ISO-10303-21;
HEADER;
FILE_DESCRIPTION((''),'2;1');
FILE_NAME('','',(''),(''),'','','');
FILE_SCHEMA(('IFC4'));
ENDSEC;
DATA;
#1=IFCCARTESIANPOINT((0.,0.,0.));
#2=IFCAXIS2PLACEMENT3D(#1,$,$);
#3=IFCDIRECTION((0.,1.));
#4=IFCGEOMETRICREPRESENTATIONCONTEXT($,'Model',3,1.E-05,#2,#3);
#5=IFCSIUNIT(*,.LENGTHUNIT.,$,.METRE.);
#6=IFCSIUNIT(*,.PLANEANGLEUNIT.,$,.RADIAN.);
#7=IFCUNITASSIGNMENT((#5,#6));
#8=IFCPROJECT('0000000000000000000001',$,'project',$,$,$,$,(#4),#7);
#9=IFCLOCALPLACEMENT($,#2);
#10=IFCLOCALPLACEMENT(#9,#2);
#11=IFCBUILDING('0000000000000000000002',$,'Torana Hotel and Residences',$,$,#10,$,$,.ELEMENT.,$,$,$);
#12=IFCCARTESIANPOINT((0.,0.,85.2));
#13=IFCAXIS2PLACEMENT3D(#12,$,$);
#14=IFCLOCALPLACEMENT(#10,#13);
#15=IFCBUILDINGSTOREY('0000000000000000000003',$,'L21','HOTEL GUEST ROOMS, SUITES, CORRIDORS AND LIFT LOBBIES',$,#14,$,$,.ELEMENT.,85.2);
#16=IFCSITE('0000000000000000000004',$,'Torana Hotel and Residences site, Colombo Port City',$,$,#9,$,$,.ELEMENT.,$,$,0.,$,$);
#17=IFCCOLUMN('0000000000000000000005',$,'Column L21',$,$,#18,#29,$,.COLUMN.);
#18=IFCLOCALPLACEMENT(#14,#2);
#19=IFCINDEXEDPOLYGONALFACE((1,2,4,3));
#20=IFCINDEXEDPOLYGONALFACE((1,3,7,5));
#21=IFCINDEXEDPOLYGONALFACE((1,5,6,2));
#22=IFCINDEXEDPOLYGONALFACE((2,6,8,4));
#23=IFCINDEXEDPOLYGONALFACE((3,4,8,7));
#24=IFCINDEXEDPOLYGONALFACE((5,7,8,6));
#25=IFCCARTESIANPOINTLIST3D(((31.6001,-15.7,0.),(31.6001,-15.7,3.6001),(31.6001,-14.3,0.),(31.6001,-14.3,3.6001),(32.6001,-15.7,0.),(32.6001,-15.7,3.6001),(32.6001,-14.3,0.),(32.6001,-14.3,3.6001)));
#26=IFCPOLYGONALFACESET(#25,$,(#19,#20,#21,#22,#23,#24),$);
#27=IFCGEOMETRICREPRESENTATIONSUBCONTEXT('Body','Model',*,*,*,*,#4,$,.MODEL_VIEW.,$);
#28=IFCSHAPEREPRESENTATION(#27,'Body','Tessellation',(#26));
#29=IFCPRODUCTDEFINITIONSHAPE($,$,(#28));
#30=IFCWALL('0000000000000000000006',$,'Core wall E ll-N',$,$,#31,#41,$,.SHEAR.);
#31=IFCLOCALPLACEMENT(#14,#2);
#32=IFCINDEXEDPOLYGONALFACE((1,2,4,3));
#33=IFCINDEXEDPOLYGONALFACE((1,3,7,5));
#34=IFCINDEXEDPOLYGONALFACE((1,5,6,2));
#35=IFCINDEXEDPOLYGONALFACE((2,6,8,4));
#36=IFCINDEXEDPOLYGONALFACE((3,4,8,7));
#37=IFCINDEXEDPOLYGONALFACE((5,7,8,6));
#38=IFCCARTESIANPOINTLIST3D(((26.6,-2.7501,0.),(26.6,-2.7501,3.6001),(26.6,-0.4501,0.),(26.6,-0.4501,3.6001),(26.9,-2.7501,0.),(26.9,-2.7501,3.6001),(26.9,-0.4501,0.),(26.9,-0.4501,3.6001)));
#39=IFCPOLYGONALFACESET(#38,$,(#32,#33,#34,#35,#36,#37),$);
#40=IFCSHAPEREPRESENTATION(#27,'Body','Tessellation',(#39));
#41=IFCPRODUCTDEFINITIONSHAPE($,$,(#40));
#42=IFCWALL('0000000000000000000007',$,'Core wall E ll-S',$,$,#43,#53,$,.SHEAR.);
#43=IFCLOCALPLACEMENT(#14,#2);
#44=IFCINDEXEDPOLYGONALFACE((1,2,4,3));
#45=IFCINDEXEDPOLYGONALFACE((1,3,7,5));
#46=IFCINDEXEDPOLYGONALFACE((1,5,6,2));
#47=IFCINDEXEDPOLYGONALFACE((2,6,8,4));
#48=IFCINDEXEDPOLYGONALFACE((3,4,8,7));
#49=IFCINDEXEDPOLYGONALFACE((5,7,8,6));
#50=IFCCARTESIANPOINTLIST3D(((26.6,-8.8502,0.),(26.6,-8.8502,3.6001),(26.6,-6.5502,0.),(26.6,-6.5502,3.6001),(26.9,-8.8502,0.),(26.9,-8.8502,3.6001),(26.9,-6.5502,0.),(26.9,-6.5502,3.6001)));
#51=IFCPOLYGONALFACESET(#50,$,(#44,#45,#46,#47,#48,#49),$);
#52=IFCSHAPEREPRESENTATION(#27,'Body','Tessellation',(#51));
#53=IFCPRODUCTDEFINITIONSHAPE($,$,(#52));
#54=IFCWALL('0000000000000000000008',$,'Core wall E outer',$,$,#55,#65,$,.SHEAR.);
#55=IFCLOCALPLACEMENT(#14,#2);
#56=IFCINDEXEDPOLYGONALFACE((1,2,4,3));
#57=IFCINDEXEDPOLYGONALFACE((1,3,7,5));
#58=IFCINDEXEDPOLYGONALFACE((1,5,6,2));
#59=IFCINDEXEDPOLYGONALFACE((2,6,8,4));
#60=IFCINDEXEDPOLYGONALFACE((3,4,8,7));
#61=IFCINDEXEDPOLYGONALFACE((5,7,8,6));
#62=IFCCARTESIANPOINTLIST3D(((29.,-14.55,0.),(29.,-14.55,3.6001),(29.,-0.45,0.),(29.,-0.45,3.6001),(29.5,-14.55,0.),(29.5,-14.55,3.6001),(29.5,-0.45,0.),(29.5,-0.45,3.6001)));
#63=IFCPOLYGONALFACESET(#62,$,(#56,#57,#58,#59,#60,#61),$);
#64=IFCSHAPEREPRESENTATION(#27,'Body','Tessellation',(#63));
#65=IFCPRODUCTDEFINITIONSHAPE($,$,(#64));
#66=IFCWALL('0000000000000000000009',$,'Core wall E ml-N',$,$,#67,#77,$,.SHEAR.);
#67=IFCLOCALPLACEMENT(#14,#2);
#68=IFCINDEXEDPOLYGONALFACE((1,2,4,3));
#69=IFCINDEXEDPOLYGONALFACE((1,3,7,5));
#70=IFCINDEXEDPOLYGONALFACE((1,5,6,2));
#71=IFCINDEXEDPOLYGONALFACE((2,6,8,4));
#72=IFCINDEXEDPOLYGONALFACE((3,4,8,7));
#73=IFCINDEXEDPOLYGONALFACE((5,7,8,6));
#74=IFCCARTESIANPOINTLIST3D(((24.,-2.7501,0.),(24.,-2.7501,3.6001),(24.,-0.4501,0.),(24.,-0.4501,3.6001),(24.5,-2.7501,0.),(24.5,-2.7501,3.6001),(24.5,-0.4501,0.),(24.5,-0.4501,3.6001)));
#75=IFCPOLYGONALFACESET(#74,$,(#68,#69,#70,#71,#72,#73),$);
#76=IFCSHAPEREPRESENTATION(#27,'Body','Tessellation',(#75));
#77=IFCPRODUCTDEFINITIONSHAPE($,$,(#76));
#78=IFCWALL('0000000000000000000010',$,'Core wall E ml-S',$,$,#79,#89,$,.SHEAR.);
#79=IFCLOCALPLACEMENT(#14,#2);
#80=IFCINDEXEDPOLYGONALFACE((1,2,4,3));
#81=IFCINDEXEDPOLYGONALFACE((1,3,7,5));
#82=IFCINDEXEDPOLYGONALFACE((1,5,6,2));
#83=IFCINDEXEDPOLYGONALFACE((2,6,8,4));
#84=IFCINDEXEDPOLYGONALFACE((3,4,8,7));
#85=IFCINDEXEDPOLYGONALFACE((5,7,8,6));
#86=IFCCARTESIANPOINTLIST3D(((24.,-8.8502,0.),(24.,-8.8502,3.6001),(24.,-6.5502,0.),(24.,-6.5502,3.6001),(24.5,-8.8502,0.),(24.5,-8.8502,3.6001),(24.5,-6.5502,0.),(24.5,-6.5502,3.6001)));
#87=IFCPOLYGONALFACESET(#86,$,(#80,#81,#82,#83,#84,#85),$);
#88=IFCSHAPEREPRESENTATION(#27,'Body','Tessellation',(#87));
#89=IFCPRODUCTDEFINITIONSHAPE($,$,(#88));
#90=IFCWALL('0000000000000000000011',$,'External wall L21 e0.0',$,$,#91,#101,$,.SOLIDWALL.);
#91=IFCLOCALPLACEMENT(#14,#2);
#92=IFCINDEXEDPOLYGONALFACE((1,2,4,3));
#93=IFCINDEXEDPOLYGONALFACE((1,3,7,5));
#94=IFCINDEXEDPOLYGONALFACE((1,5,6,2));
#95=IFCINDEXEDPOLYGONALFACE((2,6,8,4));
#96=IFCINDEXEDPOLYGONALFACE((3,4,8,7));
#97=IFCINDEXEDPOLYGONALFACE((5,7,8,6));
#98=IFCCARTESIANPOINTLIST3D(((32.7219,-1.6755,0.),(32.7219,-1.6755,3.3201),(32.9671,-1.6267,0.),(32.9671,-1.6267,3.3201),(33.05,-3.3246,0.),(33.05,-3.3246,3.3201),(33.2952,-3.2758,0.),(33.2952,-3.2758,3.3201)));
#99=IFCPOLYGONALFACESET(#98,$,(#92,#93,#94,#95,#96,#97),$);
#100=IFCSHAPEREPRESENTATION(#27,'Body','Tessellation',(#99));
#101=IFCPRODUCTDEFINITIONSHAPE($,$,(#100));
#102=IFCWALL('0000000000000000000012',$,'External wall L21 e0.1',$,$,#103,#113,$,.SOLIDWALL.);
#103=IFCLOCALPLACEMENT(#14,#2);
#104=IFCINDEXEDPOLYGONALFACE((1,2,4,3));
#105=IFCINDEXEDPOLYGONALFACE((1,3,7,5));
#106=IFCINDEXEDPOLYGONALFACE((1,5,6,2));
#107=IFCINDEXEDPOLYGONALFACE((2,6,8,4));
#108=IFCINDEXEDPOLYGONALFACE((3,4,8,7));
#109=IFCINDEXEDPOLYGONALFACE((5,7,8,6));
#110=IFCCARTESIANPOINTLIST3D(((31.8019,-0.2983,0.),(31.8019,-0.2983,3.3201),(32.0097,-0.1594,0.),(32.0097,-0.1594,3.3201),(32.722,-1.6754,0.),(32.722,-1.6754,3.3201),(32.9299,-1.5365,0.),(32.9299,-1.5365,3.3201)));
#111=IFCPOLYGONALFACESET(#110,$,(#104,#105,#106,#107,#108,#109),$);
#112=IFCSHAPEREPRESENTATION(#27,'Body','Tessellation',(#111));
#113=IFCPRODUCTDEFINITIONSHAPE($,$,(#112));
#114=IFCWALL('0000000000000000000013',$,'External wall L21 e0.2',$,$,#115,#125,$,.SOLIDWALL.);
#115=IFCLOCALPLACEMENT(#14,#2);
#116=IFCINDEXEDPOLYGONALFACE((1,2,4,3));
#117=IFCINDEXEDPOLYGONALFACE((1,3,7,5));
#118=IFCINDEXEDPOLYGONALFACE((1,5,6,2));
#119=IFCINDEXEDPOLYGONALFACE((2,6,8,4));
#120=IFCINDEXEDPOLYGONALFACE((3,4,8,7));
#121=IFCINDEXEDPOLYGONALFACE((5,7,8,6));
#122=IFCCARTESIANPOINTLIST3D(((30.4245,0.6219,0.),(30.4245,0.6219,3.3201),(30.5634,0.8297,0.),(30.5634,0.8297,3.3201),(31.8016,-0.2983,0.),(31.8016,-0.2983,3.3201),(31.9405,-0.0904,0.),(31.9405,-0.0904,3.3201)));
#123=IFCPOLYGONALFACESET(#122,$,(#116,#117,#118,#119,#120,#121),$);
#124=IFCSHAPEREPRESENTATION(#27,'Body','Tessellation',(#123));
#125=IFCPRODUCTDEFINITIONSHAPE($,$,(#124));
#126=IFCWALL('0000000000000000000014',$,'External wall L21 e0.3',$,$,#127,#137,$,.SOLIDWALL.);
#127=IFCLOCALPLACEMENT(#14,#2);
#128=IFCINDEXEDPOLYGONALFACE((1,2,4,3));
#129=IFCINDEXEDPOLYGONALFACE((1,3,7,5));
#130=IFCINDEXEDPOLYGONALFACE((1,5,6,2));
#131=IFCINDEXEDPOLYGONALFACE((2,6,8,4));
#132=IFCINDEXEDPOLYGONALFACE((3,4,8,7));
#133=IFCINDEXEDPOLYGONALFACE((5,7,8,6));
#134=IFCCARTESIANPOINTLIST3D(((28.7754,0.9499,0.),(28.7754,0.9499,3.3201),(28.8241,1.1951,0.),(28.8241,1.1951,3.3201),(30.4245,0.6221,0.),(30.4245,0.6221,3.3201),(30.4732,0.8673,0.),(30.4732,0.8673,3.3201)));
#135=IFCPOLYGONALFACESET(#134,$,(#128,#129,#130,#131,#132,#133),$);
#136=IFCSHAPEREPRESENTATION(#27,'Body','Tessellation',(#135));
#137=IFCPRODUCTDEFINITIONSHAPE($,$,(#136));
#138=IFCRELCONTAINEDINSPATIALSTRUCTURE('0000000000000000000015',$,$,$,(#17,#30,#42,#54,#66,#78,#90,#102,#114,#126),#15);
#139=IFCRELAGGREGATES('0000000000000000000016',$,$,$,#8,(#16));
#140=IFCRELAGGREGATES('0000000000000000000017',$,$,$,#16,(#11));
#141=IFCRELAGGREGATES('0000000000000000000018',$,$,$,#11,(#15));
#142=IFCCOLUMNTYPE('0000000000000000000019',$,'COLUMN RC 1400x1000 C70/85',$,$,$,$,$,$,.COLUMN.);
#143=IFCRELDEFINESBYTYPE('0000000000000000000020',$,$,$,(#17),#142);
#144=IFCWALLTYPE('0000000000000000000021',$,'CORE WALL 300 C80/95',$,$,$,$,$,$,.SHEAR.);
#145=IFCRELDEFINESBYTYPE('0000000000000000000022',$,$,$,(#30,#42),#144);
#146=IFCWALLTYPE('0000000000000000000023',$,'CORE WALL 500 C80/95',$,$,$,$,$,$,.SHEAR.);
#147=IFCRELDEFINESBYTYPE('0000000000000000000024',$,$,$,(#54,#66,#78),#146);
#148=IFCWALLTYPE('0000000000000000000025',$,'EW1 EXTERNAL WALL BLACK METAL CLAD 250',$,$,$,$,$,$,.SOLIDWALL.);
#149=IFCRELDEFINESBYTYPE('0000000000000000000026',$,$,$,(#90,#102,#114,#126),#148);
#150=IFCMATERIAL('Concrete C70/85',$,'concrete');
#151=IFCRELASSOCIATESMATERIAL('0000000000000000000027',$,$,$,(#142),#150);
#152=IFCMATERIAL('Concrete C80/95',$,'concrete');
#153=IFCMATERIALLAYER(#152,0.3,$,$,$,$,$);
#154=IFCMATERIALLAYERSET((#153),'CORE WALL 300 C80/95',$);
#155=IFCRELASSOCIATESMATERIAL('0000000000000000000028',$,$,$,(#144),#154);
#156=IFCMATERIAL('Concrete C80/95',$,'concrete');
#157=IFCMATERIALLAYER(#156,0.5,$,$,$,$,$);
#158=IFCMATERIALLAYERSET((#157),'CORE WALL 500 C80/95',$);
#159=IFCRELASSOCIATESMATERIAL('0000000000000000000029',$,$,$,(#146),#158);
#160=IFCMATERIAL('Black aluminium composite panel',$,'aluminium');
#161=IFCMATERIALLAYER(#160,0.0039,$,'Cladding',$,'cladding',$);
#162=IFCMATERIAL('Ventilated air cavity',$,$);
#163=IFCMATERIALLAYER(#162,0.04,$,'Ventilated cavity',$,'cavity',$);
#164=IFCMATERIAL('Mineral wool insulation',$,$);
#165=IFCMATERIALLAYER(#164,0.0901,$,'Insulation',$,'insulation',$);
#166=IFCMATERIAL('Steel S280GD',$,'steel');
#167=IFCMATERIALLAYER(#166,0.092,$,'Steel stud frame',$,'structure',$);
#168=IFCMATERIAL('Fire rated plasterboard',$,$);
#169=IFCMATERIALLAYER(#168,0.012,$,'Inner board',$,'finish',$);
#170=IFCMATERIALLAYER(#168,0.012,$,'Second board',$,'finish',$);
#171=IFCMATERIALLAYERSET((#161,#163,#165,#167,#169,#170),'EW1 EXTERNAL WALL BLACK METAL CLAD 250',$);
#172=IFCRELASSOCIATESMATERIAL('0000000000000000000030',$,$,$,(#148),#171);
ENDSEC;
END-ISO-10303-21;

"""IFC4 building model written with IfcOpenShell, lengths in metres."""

from ifc_helpers import new_model, si_unit, direction, frame, frame_2d, origin, origin_2d, place, context, subcontext, project, spatial, rectangle, extrude, material, layer, layer_set, material_profile, profile_set, type_object, element, save


model = new_model("IFC4")

# Units and contexts
model_context = context("Model", 3, precision=1e-05, world=origin(), true_north=direction((0.0, 1.0)))
body_context = subcontext(model_context, "Body", "Model", "MODEL_VIEW")
ifc_project = project(units=[si_unit("LENGTHUNIT", "METRE"), si_unit("PLANEANGLEUNIT", "RADIAN")], contexts=[model_context])

# Site, building, storey
site_placement = place(None, origin())
site = spatial("IfcSite", under=ifc_project, at=site_placement, Name="Torana Hotel and Residences site, Colombo Port City", CompositionType="ELEMENT", RefElevation=0.0)
building_placement = place(site_placement, origin())
building = spatial("IfcBuilding", under=site, at=building_placement, Name="Torana Hotel and Residences", CompositionType="ELEMENT")
storey_placement = place(building_placement, frame((0.0, 0.0, 85.2)))
storey = spatial("IfcBuildingStorey", under=building, at=storey_placement, Name="L21", Description="HOTEL GUEST ROOMS, SUITES, CORRIDORS AND LIFT LOBBIES", CompositionType="ELEMENT", Elevation=85.2)

# Column
ifc_material_1 = material(Name="Concrete C70/85", Category="concrete")
ifc_material_profile = material_profile(ifc_material_1, rectangle(XDim=1.3999, YDim=1.0, at=origin_2d()), Name="RC 1400x1000")
ifc_profile_set = profile_set([ifc_material_profile], Name="Concrete C70/85")
column_type = type_object("IfcColumnType", Name="COLUMN RC 1400x1000 C70/85", PredefinedType="COLUMN", material=ifc_profile_set)
column_placement = place(storey_placement, frame((32.1001, -15.0, 0.0), z_axis=(0.0, 0.0, 1.0), x_axis=(0.0, 1.0, 0.0)))
element("IfcColumn", 1, at=column_placement, inside=storey, type_object=column_type, Name="Column L21", PredefinedType="COLUMN", context=body_context, shape_type="SweptSolid", body=[
    extrude(rectangle(XDim=1.3999, YDim=1.0, at=origin_2d()), origin(), (0.0, 0.0, 1.0), 3.6001),
])

# Walls
ifc_material_2 = material(Name="Concrete C80/95", Category="concrete")
ifc_layer_1 = layer(ifc_material_2, 0.3)
ifc_layer_set_1 = layer_set([ifc_layer_1], Name="CORE WALL 300 C80/95")
wall_type_1 = type_object("IfcWallType", Name="CORE WALL 300 C80/95", PredefinedType="SHEAR", material=ifc_layer_set_1)
for number, where, z_axis, x_axis, name in (
    (2, (26.75, -2.75, 0.0), (0.0, 0.0, 1.0), (0.0, 1.0, 0.0), "Core wall E ll-N"),
    (3, (26.75, -8.8501, 0.0), (0.0, 0.0, 1.0), (0.0, 1.0, 0.0), "Core wall E ll-S"),
):
    element("IfcWall", number, at=place(storey_placement, frame(where, z_axis=z_axis, x_axis=x_axis)), inside=storey, type_object=wall_type_1, Name=name, PredefinedType="SHEAR", context=body_context, shape_type="SweptSolid", body=[
        extrude(rectangle(XDim=2.3, YDim=0.3, at=frame_2d((1.1499, 0.0))), origin(), (0.0, 0.0, 1.0), 3.6001),
    ])
ifc_material_3 = material(Name="Concrete C80/95", Category="concrete")
ifc_layer_2 = layer(ifc_material_3, 0.5)
ifc_layer_set_2 = layer_set([ifc_layer_2], Name="CORE WALL 500 C80/95")
wall_type_2 = type_object("IfcWallType", Name="CORE WALL 500 C80/95", PredefinedType="SHEAR", material=ifc_layer_set_2)
wall_1_placement = place(storey_placement, frame((29.25, -14.55, 0.0), z_axis=(0.0, 0.0, 1.0), x_axis=(0.0, 1.0, 0.0)))
element("IfcWall", 4, at=wall_1_placement, inside=storey, type_object=wall_type_2, Name="Core wall E outer", PredefinedType="SHEAR", context=body_context, shape_type="SweptSolid", body=[
    extrude(rectangle(XDim=14.1001, YDim=0.5, at=frame_2d((7.05, 0.0))), origin(), (0.0, 0.0, 1.0), 3.6001),
])
for number, where, z_axis, x_axis, name in (
    (5, (24.25, -2.75, 0.0), (0.0, 0.0, 1.0), (0.0, 1.0, 0.0), "Core wall E ml-N"),
    (6, (24.25, -8.8501, 0.0), (0.0, 0.0, 1.0), (0.0, 1.0, 0.0), "Core wall E ml-S"),
):
    element("IfcWall", number, at=place(storey_placement, frame(where, z_axis=z_axis, x_axis=x_axis)), inside=storey, type_object=wall_type_2, Name=name, PredefinedType="SHEAR", context=body_context, shape_type="SweptSolid", body=[
        extrude(rectangle(XDim=2.3, YDim=0.5, at=frame_2d((1.1499, 0.0))), origin(), (0.0, 0.0, 1.0), 3.6001),
    ])
ifc_material_4 = material(Name="Black aluminium composite panel", Category="aluminium")
ifc_layer_3 = layer(ifc_material_4, 0.0039, Name="Cladding", Category="cladding")
ifc_material_5 = material(Name="Ventilated air cavity")
ifc_layer_4 = layer(ifc_material_5, 0.04, Name="Ventilated cavity", Category="cavity")
ifc_material_6 = material(Name="Mineral wool insulation")
ifc_layer_5 = layer(ifc_material_6, 0.0901, Name="Insulation", Category="insulation")
ifc_material_7 = material(Name="Steel S280GD", Category="steel")
ifc_layer_6 = layer(ifc_material_7, 0.092, Name="Steel stud frame", Category="structure")
ifc_material_8 = material(Name="Fire rated plasterboard")
ifc_layer_7 = layer(ifc_material_8, 0.012, Name="Inner board", Category="finish")
ifc_layer_8 = layer(ifc_material_8, 0.012, Name="Second board", Category="finish")
ifc_layer_set_3 = layer_set([ifc_layer_3, ifc_layer_4, ifc_layer_5, ifc_layer_6, ifc_layer_7, ifc_layer_8], Name="EW1 EXTERNAL WALL BLACK METAL CLAD 250")
wall_type_3 = type_object("IfcWallType", Name="EW1 EXTERNAL WALL BLACK METAL CLAD 250", PredefinedType="SOLIDWALL", material=ifc_layer_set_3)
wall_2_placement = place(storey_placement, frame((33.1726, -3.3003, 0.0), z_axis=(0.0, 0.0, 1.0), x_axis=(-0.195139, 0.980776, 0.0)))
element("IfcWall", 7, at=wall_2_placement, inside=storey, type_object=wall_type_3, Name="External wall L21 e0.0", PredefinedType="SOLIDWALL", context=body_context, shape_type="SweptSolid", body=[
    extrude(rectangle(XDim=1.6814, YDim=0.25, at=frame_2d((0.8408, 0.0))), origin(), (0.0, 0.0, 1.0), 3.3201),
])
for number, where, z_axis, x_axis, name in (
    (8, (32.8259, -1.606, 0.0), (0.0, 0.0, 1.0), (-0.55555, 0.831483, 0.0), "External wall L21 e0.1"),
    (9, (31.8711, -0.1943, 0.0), (0.0, 0.0, 1.0), (-0.831483, 0.55555, 0.0), "External wall L21 e0.2"),
):
    element("IfcWall", number, at=place(storey_placement, frame(where, z_axis=z_axis, x_axis=x_axis)), inside=storey, type_object=wall_type_3, Name=name, PredefinedType="SOLIDWALL", context=body_context, shape_type="SweptSolid", body=[
        extrude(rectangle(XDim=1.6562, YDim=0.25, at=frame_2d((0.8281, 0.0))), origin(), (0.0, 0.0, 1.0), 3.3201),
    ])
wall_3_placement = place(storey_placement, frame((30.449, 0.7446, 0.0), z_axis=(0.0, 0.0, 1.0), x_axis=(-0.980803, 0.194999, 0.0)))
element("IfcWall", 10, at=wall_3_placement, inside=storey, type_object=wall_type_3, Name="External wall L21 e0.3", PredefinedType="SOLIDWALL", context=body_context, shape_type="SweptSolid", body=[
    extrude(rectangle(XDim=1.6814, YDim=0.25, at=frame_2d((0.8408, 0.0))), origin(), (0.0, 0.0, 1.0), 3.3201),
])

save(model, "model.ifc")
